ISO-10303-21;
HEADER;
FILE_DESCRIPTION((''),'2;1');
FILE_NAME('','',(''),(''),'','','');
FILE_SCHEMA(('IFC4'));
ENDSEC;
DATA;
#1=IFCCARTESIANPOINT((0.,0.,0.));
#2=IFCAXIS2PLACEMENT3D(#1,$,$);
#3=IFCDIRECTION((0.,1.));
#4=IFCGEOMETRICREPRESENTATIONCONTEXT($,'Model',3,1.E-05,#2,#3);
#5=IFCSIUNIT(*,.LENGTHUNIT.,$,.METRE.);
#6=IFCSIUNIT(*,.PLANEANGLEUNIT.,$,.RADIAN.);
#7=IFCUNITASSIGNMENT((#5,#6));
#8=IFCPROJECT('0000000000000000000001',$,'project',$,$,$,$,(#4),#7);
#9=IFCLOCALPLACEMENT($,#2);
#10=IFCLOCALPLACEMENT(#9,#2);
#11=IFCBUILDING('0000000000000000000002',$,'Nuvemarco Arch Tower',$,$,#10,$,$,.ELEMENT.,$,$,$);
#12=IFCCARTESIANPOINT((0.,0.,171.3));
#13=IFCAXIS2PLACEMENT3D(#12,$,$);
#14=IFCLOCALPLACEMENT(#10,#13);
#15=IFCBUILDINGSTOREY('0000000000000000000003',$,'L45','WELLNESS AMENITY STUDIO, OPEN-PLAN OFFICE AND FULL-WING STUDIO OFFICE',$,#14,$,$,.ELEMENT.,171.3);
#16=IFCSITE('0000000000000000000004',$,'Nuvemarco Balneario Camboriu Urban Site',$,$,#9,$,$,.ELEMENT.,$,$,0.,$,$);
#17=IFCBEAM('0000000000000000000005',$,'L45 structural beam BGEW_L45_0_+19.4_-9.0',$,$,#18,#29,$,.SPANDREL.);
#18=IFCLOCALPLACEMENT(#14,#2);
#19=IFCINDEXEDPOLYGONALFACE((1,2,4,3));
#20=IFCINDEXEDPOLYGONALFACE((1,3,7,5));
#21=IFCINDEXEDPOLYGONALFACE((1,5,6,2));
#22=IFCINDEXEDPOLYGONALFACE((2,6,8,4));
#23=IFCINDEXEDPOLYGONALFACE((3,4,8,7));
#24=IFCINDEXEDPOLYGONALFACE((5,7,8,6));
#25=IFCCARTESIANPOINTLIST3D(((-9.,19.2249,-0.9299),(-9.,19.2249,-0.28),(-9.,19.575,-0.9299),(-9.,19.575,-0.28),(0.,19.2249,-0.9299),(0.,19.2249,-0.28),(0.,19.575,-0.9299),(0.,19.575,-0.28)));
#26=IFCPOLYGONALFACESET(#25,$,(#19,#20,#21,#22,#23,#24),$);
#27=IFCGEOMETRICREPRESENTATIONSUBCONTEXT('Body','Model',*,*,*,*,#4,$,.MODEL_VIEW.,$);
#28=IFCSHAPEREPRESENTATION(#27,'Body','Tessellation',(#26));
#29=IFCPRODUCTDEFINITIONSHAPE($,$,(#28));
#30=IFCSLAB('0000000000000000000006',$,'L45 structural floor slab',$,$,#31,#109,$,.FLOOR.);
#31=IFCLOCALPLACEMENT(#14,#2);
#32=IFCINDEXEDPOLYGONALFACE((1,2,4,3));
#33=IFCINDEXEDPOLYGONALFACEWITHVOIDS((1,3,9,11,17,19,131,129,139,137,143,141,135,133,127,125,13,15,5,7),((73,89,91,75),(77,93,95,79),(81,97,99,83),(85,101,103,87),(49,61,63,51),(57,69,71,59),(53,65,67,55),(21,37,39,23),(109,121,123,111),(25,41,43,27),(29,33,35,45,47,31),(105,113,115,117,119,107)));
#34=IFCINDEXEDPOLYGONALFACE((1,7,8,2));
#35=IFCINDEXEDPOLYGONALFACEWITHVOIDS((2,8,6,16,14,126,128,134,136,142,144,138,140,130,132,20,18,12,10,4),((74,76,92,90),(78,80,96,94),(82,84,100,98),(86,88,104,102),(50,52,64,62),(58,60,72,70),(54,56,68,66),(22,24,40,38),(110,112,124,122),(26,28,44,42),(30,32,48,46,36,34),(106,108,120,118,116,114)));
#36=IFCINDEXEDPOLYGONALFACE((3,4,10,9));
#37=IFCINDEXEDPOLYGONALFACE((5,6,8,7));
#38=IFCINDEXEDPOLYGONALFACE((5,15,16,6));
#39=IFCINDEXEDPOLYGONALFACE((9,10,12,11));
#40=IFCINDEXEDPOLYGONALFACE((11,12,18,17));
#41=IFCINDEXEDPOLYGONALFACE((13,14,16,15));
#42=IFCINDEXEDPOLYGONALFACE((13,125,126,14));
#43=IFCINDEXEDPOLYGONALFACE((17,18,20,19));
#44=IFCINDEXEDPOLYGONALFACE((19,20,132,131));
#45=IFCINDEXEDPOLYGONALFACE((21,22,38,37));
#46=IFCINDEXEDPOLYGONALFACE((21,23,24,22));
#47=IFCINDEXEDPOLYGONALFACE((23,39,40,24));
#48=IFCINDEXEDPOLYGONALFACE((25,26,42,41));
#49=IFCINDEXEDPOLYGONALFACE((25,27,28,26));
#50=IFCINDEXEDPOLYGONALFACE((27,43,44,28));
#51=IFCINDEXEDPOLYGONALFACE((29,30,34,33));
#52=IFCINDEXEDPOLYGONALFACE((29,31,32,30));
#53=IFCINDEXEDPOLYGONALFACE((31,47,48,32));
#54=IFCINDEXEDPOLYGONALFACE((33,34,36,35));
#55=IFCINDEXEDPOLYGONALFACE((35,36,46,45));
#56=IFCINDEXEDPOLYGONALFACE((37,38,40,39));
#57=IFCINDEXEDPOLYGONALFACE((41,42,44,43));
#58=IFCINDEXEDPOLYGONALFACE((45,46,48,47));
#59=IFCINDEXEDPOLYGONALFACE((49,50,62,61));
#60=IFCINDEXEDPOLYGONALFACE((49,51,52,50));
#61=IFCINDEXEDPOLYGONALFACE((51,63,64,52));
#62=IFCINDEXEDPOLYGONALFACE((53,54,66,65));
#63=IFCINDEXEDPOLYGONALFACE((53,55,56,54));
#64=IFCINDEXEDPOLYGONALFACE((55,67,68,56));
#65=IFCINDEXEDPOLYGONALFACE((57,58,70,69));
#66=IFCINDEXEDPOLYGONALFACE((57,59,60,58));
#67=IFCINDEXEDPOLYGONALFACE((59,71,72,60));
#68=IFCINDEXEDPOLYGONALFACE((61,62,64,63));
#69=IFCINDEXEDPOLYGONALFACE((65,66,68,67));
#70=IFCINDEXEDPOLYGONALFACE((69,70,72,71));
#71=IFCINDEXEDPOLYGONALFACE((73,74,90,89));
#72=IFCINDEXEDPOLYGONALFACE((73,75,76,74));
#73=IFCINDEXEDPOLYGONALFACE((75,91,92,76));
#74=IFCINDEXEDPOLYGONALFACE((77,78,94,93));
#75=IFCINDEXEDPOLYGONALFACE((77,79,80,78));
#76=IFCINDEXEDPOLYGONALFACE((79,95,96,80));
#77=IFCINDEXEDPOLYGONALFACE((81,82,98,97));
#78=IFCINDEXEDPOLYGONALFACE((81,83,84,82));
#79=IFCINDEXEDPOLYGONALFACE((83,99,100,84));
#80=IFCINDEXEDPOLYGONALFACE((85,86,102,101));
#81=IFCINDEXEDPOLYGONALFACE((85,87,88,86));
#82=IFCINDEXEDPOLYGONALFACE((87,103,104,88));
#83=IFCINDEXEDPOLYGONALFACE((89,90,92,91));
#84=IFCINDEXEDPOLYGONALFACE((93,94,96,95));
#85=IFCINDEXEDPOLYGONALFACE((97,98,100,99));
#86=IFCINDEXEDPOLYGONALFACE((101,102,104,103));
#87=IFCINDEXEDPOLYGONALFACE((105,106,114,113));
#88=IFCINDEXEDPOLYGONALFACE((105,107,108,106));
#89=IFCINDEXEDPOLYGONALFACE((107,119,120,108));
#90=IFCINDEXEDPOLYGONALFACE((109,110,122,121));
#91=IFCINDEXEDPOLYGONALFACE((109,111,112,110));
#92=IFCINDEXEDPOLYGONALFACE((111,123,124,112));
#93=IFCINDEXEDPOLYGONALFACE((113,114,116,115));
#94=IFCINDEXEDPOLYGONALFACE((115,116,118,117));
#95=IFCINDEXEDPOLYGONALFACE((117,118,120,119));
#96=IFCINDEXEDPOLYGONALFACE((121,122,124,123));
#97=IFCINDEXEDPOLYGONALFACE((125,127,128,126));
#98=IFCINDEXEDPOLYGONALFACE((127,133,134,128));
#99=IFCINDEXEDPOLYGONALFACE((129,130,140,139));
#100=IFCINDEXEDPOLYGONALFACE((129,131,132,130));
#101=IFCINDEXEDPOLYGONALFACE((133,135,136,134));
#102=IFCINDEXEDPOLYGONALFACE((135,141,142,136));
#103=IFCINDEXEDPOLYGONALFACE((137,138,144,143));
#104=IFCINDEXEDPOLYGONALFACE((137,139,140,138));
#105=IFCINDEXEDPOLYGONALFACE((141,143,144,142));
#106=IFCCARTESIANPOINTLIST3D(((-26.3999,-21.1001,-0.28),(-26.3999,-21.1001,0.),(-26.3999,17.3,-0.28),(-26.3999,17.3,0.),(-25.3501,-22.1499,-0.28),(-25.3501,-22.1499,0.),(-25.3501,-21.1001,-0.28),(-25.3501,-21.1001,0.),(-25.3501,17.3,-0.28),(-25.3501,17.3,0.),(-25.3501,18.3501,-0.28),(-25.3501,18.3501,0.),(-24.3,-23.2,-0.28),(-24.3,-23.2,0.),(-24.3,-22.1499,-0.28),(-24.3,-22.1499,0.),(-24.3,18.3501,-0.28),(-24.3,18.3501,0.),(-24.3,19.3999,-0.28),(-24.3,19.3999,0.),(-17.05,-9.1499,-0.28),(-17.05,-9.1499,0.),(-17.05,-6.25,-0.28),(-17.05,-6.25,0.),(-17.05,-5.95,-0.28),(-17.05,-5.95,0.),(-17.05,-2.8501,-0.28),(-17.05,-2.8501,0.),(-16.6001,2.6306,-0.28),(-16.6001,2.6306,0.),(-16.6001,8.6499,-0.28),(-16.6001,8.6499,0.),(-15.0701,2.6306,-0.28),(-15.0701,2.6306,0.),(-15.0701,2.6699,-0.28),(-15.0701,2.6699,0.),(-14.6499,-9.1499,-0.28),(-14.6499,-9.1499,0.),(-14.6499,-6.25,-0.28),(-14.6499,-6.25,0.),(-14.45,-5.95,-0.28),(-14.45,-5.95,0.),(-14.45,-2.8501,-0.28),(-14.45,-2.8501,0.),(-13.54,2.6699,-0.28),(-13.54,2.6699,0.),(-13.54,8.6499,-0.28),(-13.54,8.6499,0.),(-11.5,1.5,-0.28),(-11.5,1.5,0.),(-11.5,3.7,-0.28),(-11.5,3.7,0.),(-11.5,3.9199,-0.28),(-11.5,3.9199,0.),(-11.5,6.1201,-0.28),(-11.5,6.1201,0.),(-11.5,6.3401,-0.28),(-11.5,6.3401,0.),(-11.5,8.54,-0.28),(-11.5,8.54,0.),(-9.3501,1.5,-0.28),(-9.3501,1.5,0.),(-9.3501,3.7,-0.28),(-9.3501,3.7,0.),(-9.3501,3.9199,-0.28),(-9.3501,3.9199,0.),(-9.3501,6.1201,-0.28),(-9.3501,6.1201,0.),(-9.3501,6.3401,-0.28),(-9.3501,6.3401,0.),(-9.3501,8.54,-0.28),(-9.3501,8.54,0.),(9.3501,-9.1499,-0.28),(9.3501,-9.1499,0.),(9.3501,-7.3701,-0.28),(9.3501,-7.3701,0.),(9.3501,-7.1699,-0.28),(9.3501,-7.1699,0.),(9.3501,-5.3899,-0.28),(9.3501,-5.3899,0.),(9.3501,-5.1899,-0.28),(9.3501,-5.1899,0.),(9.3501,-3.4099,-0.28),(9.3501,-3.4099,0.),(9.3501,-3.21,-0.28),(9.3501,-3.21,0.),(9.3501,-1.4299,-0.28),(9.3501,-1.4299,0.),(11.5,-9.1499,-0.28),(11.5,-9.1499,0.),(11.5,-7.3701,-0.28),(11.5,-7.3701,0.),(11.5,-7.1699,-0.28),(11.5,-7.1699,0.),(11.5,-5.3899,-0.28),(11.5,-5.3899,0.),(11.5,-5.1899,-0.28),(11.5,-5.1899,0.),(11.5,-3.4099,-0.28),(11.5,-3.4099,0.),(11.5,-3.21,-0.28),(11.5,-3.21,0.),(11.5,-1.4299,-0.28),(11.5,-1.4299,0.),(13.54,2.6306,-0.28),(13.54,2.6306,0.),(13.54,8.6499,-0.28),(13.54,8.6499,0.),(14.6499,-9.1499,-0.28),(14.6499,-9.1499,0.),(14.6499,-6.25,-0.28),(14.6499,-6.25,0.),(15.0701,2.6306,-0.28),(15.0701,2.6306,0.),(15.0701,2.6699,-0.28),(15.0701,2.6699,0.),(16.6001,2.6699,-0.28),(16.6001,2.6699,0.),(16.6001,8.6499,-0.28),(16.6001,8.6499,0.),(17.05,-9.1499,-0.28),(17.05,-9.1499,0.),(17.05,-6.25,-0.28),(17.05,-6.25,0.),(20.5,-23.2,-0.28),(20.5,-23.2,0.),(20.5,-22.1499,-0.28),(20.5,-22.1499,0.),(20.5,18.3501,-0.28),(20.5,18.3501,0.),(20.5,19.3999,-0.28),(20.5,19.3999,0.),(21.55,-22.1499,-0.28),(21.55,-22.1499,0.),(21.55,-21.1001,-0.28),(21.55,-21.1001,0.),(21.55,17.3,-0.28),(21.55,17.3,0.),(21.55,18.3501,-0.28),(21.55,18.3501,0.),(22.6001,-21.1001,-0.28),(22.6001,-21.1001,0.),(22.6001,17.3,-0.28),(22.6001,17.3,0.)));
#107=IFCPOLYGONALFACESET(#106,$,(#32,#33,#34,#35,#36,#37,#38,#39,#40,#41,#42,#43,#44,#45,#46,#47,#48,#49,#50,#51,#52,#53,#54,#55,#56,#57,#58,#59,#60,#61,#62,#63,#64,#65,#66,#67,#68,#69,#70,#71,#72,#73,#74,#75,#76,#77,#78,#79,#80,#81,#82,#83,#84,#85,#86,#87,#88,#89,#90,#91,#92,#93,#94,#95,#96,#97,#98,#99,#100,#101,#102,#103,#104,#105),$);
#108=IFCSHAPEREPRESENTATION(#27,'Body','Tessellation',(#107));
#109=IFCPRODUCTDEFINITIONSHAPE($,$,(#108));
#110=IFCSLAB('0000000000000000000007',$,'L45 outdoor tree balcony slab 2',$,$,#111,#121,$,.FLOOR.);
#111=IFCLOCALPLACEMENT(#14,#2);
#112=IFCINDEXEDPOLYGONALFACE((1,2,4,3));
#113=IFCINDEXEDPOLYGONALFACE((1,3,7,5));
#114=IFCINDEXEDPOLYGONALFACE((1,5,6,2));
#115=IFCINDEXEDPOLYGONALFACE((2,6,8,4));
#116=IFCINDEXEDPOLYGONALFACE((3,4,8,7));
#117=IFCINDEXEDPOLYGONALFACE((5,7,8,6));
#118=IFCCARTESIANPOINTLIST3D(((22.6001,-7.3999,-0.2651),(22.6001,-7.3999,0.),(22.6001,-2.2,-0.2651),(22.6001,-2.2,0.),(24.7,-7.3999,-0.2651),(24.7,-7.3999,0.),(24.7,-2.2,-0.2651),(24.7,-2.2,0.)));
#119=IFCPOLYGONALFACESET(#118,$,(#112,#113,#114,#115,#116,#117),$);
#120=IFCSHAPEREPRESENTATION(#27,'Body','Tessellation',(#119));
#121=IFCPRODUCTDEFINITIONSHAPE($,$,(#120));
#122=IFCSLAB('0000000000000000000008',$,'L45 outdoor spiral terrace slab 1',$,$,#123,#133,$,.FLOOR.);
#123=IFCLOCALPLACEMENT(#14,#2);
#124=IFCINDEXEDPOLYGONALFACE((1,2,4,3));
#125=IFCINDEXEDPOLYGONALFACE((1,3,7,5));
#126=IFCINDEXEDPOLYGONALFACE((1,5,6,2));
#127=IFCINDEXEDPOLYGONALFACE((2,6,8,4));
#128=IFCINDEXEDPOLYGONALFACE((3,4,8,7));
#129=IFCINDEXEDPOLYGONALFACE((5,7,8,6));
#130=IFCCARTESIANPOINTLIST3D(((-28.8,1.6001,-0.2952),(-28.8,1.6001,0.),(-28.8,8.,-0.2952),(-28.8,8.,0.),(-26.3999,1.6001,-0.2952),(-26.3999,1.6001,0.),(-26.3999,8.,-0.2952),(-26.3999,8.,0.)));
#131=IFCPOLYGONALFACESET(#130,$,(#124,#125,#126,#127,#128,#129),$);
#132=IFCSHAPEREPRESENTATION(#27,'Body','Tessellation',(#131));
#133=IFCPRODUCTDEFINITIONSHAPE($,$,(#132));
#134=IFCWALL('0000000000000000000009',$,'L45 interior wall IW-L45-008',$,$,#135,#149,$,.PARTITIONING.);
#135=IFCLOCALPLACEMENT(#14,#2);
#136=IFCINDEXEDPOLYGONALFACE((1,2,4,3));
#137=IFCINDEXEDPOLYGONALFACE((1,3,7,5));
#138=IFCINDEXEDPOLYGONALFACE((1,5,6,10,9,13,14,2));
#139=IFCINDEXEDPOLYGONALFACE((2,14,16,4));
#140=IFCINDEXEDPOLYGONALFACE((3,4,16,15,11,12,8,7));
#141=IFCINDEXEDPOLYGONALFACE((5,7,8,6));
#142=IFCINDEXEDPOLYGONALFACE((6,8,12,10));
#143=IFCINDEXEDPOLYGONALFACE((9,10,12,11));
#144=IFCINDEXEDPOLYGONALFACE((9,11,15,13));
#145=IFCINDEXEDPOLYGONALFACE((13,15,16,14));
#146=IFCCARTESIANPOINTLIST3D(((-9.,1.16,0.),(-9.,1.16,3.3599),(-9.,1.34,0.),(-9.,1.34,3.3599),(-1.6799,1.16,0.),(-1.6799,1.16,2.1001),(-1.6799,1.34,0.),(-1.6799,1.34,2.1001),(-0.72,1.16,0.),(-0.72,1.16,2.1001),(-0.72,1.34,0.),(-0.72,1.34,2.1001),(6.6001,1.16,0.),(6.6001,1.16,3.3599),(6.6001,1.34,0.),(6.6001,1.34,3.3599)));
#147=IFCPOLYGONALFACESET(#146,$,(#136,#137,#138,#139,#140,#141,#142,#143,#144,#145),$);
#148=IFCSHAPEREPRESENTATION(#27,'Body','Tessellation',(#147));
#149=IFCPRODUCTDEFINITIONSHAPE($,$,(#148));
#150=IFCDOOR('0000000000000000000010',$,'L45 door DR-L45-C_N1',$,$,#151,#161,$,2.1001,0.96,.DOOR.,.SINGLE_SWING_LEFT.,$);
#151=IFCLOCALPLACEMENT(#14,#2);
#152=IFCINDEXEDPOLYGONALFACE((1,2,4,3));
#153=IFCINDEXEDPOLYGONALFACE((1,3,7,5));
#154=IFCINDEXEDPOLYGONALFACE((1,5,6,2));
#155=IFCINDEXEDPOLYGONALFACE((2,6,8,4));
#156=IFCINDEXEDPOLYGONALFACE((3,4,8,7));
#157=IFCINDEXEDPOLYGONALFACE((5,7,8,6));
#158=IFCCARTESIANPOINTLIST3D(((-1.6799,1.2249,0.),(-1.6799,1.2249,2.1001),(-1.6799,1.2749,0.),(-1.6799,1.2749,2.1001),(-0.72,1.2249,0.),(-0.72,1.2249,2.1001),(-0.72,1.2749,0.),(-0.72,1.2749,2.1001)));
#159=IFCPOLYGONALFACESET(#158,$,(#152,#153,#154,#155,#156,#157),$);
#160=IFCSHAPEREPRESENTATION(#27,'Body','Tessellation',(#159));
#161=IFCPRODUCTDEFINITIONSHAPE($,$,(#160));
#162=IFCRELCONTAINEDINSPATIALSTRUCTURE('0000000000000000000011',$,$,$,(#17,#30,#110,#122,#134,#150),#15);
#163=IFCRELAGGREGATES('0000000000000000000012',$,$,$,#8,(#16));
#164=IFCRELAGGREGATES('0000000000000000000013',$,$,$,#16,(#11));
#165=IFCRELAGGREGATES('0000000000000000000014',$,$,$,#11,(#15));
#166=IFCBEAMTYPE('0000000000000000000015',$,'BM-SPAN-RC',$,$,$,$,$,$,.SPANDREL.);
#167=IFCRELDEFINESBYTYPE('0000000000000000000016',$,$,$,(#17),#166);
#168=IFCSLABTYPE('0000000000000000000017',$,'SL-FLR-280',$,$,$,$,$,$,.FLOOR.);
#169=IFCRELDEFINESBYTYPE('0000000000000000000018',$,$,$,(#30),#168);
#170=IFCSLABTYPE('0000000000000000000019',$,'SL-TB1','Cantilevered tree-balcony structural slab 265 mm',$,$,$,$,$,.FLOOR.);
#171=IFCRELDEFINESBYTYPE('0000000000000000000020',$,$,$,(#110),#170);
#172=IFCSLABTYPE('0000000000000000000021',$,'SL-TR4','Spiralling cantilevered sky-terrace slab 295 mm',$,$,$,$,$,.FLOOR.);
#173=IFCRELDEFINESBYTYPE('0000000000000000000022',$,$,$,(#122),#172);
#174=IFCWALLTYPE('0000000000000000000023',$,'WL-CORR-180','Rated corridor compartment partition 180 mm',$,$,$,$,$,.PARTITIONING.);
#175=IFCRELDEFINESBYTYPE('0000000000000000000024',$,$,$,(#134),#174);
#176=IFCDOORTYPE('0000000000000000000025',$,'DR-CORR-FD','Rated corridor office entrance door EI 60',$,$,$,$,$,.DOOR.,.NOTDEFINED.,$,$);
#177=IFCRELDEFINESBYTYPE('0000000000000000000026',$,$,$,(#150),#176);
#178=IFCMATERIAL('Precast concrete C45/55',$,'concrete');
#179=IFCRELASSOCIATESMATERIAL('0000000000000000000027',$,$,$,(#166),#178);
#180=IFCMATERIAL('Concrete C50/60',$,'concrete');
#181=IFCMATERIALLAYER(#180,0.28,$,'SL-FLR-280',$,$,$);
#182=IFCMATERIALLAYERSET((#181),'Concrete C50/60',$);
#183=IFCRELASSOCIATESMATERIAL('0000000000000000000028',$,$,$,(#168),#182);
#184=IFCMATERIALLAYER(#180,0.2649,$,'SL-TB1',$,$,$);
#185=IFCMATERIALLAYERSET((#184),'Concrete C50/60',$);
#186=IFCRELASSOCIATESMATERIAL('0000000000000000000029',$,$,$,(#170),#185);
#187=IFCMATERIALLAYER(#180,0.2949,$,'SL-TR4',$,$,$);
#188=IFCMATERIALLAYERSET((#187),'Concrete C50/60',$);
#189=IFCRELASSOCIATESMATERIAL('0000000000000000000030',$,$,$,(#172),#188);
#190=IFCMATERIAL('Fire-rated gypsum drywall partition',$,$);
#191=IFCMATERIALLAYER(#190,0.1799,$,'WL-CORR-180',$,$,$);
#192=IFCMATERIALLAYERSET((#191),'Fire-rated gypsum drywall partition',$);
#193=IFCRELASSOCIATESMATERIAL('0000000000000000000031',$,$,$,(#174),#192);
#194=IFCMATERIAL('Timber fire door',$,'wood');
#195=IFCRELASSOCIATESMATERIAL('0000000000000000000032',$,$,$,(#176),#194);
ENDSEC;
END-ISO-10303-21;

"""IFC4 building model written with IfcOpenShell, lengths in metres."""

from ifc_helpers import new_model, si_unit, direction, frame, frame_2d, origin, origin_2d, place, context, subcontext, project, spatial, polyline, rectangle, outline, extrude, source, transform, mapped, material, layer, layer_set, material_profile, profile_set, type_object, type_shapes, element, fill, save


model = new_model("IFC4")

# Units and contexts
model_context = context("Model", 3, precision=1e-05, world=origin(), true_north=direction((0.0, 1.0)))
body_context = subcontext(model_context, "Body", "Model", "MODEL_VIEW")
ifc_project = project(units=[si_unit("LENGTHUNIT", "METRE"), si_unit("PLANEANGLEUNIT", "RADIAN")], contexts=[model_context])

# Site, building, storey
site_placement = place(None, origin())
site = spatial("IfcSite", under=ifc_project, at=site_placement, Name="Nuvemarco Balneario Camboriu Urban Site", CompositionType="ELEMENT", RefElevation=0.0)
building_placement = place(site_placement, origin())
building = spatial("IfcBuilding", under=site, at=building_placement, Name="Nuvemarco Arch Tower", CompositionType="ELEMENT")
storey_placement = place(building_placement, frame((0.0, 0.0, 171.3)))
storey = spatial("IfcBuildingStorey", under=building, at=storey_placement, Name="L45", Description="WELLNESS AMENITY STUDIO, OPEN-PLAN OFFICE AND FULL-WING STUDIO OFFICE", CompositionType="ELEMENT", Elevation=171.3)

# Shared definitions
ifc_material_1 = material(Name="Concrete C50/60", Category="concrete")

# Beam
ifc_material_2 = material(Name="Precast concrete C45/55", Category="concrete")
ifc_material_profile_1 = material_profile(ifc_material_2, rectangle(XDim=0.3501, YDim=0.6499, at=origin_2d()), Name="PC-SP-350x650")
ifc_profile_set_1 = profile_set([ifc_material_profile_1], Name="Precast concrete C45/55")
beam_type_1 = type_object("IfcBeamType", Name="BM-SPAN-RC", PredefinedType="SPANDREL", material=ifc_profile_set_1)
beam_1_placement = place(storey_placement, frame((-9.0, 19.3999, -0.605), z_axis=(1.0, 0.0, 0.0), x_axis=(0.0, 1.0, 0.0)))
element("IfcBeam", 1, at=beam_1_placement, inside=storey, type_object=beam_type_1, Name="L45 structural beam BGEW_L45_0_+19.4_-9.0", PredefinedType="SPANDREL", context=body_context, shape_type="SweptSolid", body=[
    extrude(rectangle(XDim=0.3501, YDim=0.6499, at=origin_2d()), origin(), (0.0, 0.0, 1.0), 9.0),
])

# Slabs
ifc_layer_1 = layer(ifc_material_1, 0.28, Name="SL-FLR-280")
ifc_layer_set_1 = layer_set([ifc_layer_1], Name="Concrete C50/60")
slab_type_1 = type_object("IfcSlabType", Name="SL-FLR-280", PredefinedType="FLOOR", material=ifc_layer_set_1)
slab_1_placement = place(storey_placement, frame((0.0, 0.0, -0.28)))
element("IfcSlab", 2, at=slab_1_placement, inside=storey, type_object=slab_type_1, Name="L45 structural floor slab", PredefinedType="FLOOR", context=body_context, shape_type="SweptSolid", body=[
    extrude(outline(polyline([(-24.3, -23.2), (20.5, -23.2), (20.5, -22.1499), (21.55, -22.1499), (21.55, -21.1001), (22.6001, -21.1001), (22.6001, 17.3), (21.55, 17.3), (21.55, 18.3501), (20.5, 18.3501), (20.5, 19.3999), (-24.3, 19.3999), (-24.3, 18.3501), (-25.3501, 18.3501), (-25.3501, 17.3), (-26.3999, 17.3), (-26.3999, -21.1001), (-25.3501, -21.1001), (-25.3501, -22.1499), (-24.3, -22.1499), (-24.3, -23.2)]), holes=[polyline([(-13.54, 2.6699), (-13.54, 8.6499), (-16.6001, 8.6499), (-16.6001, 2.6306), (-15.0701, 2.6306), (-15.0701, 2.6699), (-13.54, 2.6699)]), polyline([(16.6001, 2.6699), (16.6001, 8.6499), (13.54, 8.6499), (13.54, 2.6306), (15.0701, 2.6306), (15.0701, 2.6699), (16.6001, 2.6699)]), polyline([(-17.05, -9.1499), (-14.6499, -9.1499), (-14.6499, -6.25), (-17.05, -6.25), (-17.05, -9.1499)]), polyline([(-17.05, -5.95), (-14.45, -5.95), (-14.45, -2.8501), (-17.05, -2.8501), (-17.05, -5.95)]), polyline([(-11.5, 1.5), (-9.3501, 1.5), (-9.3501, 3.7), (-11.5, 3.7), (-11.5, 1.5)]), polyline([(-11.5, 3.9199), (-9.3501, 3.9199), (-9.3501, 6.1201), (-11.5, 6.1201), (-11.5, 3.9199)]), polyline([(-11.5, 6.3401), (-9.3501, 6.3401), (-9.3501, 8.54), (-11.5, 8.54), (-11.5, 6.3401)]), polyline([(14.6499, -9.1499), (17.05, -9.1499), (17.05, -6.25), (14.6499, -6.25), (14.6499, -9.1499)]), polyline([(9.3501, -9.1499), (11.5, -9.1499), (11.5, -7.3701), (9.3501, -7.3701), (9.3501, -9.1499)]), polyline([(9.3501, -7.1699), (11.5, -7.1699), (11.5, -5.3899), (9.3501, -5.3899), (9.3501, -7.1699)]), polyline([(9.3501, -5.1899), (11.5, -5.1899), (11.5, -3.4099), (9.3501, -3.4099), (9.3501, -5.1899)]), polyline([(9.3501, -3.21), (11.5, -3.21), (11.5, -1.4299), (9.3501, -1.4299), (9.3501, -3.21)])]), origin(), (0.0, 0.0, 1.0), 0.28),
])
ifc_layer_2 = layer(ifc_material_1, 0.2649, Name="SL-TB1")
ifc_layer_set_2 = layer_set([ifc_layer_2], Name="Concrete C50/60")
slab_type_2 = type_object("IfcSlabType", Name="SL-TB1", Description="Cantilevered tree-balcony structural slab 265 mm", PredefinedType="FLOOR", material=ifc_layer_set_2)
slab_2_placement = place(storey_placement, frame((0.0, 0.0, -0.2651)))
element("IfcSlab", 3, at=slab_2_placement, inside=storey, type_object=slab_type_2, Name="L45 outdoor tree balcony slab 2", PredefinedType="FLOOR", context=body_context, shape_type="SweptSolid", body=[
    extrude(outline(polyline([(22.6001, -7.3999), (24.7, -7.3999), (24.7, -2.2), (22.6001, -2.2), (22.6001, -7.3999)])), origin(), (0.0, 0.0, 1.0), 0.2651),
])
ifc_layer_3 = layer(ifc_material_1, 0.2949, Name="SL-TR4")
ifc_layer_set_3 = layer_set([ifc_layer_3], Name="Concrete C50/60")
slab_type_3 = type_object("IfcSlabType", Name="SL-TR4", Description="Spiralling cantilevered sky-terrace slab 295 mm", PredefinedType="FLOOR", material=ifc_layer_set_3)
slab_3_placement = place(storey_placement, frame((0.0, 0.0, -0.2952)))
element("IfcSlab", 4, at=slab_3_placement, inside=storey, type_object=slab_type_3, Name="L45 outdoor spiral terrace slab 1", PredefinedType="FLOOR", context=body_context, shape_type="SweptSolid", body=[
    extrude(outline(polyline([(-28.8, 1.6001), (-26.3999, 1.6001), (-26.3999, 8.0), (-28.8, 8.0), (-28.8, 1.6001)])), origin(), (0.0, 0.0, 1.0), 0.2952),
])

# Wall, opening, door
ifc_material_3 = material(Name="Fire-rated gypsum drywall partition")
ifc_layer_4 = layer(ifc_material_3, 0.1799, Name="WL-CORR-180")
ifc_layer_set_4 = layer_set([ifc_layer_4], Name="Fire-rated gypsum drywall partition")
wall_type_1 = type_object("IfcWallType", Name="WL-CORR-180", Description="Rated corridor compartment partition 180 mm", PredefinedType="PARTITIONING", material=ifc_layer_set_4)
wall_1_placement = place(storey_placement, frame((-9.0, 1.25, 0.0), z_axis=(0.0, 0.0, 1.0), x_axis=(1.0, 0.0, 0.0)))
wall_1 = element("IfcWall", 5, at=wall_1_placement, inside=storey, type_object=wall_type_1, Name="L45 interior wall IW-L45-008", PredefinedType="PARTITIONING", context=body_context, shape_type="SweptSolid", body=[
    extrude(rectangle(XDim=15.6001, YDim=0.1799, at=frame_2d((7.8, 0.0))), origin(), (0.0, 0.0, 1.0), 3.3599),
])
opening_1_placement = place(wall_1_placement, frame((7.3201, 0.0, 0.0)))
opening_1 = element("IfcOpeningElement", 6, at=opening_1_placement, cuts=wall_1, PredefinedType="OPENING", context=body_context, shape_type="SweptSolid", body=[
    extrude(rectangle(XDim=0.96, YDim=2.1001, at=frame_2d((0.48, 1.05))), frame((0.0, 0.0999, 0.0), z_axis=(0.0, -1.0, 0.0), x_axis=(1.0, 0.0, 0.0)), (0.0, 0.0, 1.0), 0.2),
])
ifc_material_4 = material(Name="Timber fire door", Category="wood")
door_type_1 = type_object("IfcDoorType", Name="DR-CORR-FD", Description="Rated corridor office entrance door EI 60", OperationType="NOTDEFINED", PredefinedType="DOOR", material=ifc_material_4)
shared_shape_1 = source(origin(), body_context, "Body", "SweptSolid", [
    extrude(rectangle(XDim=0.96, YDim=2.1001, at=frame_2d((0.48, 1.05))), frame((0.0, 0.0249, 0.0), z_axis=(0.0, -1.0, 0.0), x_axis=(1.0, 0.0, 0.0)), (0.0, 0.0, 1.0), 0.05),
])
type_shapes(door_type_1, [shared_shape_1])
door_1_placement = place(opening_1_placement, origin())
door_1 = element("IfcDoor", 7, at=door_1_placement, inside=storey, type_object=door_type_1, Name="L45 door DR-L45-C_N1", OperationType="SINGLE_SWING_LEFT", OverallHeight=2.1001, OverallWidth=0.96, PredefinedType="DOOR", context=body_context, shape_type="MappedRepresentation", body=[
    mapped(shared_shape_1, transform((0.0, 0.0, 0.0), scale=1.0)),
])
fill(opening_1, door_1)

save(model, "model.ifc")
